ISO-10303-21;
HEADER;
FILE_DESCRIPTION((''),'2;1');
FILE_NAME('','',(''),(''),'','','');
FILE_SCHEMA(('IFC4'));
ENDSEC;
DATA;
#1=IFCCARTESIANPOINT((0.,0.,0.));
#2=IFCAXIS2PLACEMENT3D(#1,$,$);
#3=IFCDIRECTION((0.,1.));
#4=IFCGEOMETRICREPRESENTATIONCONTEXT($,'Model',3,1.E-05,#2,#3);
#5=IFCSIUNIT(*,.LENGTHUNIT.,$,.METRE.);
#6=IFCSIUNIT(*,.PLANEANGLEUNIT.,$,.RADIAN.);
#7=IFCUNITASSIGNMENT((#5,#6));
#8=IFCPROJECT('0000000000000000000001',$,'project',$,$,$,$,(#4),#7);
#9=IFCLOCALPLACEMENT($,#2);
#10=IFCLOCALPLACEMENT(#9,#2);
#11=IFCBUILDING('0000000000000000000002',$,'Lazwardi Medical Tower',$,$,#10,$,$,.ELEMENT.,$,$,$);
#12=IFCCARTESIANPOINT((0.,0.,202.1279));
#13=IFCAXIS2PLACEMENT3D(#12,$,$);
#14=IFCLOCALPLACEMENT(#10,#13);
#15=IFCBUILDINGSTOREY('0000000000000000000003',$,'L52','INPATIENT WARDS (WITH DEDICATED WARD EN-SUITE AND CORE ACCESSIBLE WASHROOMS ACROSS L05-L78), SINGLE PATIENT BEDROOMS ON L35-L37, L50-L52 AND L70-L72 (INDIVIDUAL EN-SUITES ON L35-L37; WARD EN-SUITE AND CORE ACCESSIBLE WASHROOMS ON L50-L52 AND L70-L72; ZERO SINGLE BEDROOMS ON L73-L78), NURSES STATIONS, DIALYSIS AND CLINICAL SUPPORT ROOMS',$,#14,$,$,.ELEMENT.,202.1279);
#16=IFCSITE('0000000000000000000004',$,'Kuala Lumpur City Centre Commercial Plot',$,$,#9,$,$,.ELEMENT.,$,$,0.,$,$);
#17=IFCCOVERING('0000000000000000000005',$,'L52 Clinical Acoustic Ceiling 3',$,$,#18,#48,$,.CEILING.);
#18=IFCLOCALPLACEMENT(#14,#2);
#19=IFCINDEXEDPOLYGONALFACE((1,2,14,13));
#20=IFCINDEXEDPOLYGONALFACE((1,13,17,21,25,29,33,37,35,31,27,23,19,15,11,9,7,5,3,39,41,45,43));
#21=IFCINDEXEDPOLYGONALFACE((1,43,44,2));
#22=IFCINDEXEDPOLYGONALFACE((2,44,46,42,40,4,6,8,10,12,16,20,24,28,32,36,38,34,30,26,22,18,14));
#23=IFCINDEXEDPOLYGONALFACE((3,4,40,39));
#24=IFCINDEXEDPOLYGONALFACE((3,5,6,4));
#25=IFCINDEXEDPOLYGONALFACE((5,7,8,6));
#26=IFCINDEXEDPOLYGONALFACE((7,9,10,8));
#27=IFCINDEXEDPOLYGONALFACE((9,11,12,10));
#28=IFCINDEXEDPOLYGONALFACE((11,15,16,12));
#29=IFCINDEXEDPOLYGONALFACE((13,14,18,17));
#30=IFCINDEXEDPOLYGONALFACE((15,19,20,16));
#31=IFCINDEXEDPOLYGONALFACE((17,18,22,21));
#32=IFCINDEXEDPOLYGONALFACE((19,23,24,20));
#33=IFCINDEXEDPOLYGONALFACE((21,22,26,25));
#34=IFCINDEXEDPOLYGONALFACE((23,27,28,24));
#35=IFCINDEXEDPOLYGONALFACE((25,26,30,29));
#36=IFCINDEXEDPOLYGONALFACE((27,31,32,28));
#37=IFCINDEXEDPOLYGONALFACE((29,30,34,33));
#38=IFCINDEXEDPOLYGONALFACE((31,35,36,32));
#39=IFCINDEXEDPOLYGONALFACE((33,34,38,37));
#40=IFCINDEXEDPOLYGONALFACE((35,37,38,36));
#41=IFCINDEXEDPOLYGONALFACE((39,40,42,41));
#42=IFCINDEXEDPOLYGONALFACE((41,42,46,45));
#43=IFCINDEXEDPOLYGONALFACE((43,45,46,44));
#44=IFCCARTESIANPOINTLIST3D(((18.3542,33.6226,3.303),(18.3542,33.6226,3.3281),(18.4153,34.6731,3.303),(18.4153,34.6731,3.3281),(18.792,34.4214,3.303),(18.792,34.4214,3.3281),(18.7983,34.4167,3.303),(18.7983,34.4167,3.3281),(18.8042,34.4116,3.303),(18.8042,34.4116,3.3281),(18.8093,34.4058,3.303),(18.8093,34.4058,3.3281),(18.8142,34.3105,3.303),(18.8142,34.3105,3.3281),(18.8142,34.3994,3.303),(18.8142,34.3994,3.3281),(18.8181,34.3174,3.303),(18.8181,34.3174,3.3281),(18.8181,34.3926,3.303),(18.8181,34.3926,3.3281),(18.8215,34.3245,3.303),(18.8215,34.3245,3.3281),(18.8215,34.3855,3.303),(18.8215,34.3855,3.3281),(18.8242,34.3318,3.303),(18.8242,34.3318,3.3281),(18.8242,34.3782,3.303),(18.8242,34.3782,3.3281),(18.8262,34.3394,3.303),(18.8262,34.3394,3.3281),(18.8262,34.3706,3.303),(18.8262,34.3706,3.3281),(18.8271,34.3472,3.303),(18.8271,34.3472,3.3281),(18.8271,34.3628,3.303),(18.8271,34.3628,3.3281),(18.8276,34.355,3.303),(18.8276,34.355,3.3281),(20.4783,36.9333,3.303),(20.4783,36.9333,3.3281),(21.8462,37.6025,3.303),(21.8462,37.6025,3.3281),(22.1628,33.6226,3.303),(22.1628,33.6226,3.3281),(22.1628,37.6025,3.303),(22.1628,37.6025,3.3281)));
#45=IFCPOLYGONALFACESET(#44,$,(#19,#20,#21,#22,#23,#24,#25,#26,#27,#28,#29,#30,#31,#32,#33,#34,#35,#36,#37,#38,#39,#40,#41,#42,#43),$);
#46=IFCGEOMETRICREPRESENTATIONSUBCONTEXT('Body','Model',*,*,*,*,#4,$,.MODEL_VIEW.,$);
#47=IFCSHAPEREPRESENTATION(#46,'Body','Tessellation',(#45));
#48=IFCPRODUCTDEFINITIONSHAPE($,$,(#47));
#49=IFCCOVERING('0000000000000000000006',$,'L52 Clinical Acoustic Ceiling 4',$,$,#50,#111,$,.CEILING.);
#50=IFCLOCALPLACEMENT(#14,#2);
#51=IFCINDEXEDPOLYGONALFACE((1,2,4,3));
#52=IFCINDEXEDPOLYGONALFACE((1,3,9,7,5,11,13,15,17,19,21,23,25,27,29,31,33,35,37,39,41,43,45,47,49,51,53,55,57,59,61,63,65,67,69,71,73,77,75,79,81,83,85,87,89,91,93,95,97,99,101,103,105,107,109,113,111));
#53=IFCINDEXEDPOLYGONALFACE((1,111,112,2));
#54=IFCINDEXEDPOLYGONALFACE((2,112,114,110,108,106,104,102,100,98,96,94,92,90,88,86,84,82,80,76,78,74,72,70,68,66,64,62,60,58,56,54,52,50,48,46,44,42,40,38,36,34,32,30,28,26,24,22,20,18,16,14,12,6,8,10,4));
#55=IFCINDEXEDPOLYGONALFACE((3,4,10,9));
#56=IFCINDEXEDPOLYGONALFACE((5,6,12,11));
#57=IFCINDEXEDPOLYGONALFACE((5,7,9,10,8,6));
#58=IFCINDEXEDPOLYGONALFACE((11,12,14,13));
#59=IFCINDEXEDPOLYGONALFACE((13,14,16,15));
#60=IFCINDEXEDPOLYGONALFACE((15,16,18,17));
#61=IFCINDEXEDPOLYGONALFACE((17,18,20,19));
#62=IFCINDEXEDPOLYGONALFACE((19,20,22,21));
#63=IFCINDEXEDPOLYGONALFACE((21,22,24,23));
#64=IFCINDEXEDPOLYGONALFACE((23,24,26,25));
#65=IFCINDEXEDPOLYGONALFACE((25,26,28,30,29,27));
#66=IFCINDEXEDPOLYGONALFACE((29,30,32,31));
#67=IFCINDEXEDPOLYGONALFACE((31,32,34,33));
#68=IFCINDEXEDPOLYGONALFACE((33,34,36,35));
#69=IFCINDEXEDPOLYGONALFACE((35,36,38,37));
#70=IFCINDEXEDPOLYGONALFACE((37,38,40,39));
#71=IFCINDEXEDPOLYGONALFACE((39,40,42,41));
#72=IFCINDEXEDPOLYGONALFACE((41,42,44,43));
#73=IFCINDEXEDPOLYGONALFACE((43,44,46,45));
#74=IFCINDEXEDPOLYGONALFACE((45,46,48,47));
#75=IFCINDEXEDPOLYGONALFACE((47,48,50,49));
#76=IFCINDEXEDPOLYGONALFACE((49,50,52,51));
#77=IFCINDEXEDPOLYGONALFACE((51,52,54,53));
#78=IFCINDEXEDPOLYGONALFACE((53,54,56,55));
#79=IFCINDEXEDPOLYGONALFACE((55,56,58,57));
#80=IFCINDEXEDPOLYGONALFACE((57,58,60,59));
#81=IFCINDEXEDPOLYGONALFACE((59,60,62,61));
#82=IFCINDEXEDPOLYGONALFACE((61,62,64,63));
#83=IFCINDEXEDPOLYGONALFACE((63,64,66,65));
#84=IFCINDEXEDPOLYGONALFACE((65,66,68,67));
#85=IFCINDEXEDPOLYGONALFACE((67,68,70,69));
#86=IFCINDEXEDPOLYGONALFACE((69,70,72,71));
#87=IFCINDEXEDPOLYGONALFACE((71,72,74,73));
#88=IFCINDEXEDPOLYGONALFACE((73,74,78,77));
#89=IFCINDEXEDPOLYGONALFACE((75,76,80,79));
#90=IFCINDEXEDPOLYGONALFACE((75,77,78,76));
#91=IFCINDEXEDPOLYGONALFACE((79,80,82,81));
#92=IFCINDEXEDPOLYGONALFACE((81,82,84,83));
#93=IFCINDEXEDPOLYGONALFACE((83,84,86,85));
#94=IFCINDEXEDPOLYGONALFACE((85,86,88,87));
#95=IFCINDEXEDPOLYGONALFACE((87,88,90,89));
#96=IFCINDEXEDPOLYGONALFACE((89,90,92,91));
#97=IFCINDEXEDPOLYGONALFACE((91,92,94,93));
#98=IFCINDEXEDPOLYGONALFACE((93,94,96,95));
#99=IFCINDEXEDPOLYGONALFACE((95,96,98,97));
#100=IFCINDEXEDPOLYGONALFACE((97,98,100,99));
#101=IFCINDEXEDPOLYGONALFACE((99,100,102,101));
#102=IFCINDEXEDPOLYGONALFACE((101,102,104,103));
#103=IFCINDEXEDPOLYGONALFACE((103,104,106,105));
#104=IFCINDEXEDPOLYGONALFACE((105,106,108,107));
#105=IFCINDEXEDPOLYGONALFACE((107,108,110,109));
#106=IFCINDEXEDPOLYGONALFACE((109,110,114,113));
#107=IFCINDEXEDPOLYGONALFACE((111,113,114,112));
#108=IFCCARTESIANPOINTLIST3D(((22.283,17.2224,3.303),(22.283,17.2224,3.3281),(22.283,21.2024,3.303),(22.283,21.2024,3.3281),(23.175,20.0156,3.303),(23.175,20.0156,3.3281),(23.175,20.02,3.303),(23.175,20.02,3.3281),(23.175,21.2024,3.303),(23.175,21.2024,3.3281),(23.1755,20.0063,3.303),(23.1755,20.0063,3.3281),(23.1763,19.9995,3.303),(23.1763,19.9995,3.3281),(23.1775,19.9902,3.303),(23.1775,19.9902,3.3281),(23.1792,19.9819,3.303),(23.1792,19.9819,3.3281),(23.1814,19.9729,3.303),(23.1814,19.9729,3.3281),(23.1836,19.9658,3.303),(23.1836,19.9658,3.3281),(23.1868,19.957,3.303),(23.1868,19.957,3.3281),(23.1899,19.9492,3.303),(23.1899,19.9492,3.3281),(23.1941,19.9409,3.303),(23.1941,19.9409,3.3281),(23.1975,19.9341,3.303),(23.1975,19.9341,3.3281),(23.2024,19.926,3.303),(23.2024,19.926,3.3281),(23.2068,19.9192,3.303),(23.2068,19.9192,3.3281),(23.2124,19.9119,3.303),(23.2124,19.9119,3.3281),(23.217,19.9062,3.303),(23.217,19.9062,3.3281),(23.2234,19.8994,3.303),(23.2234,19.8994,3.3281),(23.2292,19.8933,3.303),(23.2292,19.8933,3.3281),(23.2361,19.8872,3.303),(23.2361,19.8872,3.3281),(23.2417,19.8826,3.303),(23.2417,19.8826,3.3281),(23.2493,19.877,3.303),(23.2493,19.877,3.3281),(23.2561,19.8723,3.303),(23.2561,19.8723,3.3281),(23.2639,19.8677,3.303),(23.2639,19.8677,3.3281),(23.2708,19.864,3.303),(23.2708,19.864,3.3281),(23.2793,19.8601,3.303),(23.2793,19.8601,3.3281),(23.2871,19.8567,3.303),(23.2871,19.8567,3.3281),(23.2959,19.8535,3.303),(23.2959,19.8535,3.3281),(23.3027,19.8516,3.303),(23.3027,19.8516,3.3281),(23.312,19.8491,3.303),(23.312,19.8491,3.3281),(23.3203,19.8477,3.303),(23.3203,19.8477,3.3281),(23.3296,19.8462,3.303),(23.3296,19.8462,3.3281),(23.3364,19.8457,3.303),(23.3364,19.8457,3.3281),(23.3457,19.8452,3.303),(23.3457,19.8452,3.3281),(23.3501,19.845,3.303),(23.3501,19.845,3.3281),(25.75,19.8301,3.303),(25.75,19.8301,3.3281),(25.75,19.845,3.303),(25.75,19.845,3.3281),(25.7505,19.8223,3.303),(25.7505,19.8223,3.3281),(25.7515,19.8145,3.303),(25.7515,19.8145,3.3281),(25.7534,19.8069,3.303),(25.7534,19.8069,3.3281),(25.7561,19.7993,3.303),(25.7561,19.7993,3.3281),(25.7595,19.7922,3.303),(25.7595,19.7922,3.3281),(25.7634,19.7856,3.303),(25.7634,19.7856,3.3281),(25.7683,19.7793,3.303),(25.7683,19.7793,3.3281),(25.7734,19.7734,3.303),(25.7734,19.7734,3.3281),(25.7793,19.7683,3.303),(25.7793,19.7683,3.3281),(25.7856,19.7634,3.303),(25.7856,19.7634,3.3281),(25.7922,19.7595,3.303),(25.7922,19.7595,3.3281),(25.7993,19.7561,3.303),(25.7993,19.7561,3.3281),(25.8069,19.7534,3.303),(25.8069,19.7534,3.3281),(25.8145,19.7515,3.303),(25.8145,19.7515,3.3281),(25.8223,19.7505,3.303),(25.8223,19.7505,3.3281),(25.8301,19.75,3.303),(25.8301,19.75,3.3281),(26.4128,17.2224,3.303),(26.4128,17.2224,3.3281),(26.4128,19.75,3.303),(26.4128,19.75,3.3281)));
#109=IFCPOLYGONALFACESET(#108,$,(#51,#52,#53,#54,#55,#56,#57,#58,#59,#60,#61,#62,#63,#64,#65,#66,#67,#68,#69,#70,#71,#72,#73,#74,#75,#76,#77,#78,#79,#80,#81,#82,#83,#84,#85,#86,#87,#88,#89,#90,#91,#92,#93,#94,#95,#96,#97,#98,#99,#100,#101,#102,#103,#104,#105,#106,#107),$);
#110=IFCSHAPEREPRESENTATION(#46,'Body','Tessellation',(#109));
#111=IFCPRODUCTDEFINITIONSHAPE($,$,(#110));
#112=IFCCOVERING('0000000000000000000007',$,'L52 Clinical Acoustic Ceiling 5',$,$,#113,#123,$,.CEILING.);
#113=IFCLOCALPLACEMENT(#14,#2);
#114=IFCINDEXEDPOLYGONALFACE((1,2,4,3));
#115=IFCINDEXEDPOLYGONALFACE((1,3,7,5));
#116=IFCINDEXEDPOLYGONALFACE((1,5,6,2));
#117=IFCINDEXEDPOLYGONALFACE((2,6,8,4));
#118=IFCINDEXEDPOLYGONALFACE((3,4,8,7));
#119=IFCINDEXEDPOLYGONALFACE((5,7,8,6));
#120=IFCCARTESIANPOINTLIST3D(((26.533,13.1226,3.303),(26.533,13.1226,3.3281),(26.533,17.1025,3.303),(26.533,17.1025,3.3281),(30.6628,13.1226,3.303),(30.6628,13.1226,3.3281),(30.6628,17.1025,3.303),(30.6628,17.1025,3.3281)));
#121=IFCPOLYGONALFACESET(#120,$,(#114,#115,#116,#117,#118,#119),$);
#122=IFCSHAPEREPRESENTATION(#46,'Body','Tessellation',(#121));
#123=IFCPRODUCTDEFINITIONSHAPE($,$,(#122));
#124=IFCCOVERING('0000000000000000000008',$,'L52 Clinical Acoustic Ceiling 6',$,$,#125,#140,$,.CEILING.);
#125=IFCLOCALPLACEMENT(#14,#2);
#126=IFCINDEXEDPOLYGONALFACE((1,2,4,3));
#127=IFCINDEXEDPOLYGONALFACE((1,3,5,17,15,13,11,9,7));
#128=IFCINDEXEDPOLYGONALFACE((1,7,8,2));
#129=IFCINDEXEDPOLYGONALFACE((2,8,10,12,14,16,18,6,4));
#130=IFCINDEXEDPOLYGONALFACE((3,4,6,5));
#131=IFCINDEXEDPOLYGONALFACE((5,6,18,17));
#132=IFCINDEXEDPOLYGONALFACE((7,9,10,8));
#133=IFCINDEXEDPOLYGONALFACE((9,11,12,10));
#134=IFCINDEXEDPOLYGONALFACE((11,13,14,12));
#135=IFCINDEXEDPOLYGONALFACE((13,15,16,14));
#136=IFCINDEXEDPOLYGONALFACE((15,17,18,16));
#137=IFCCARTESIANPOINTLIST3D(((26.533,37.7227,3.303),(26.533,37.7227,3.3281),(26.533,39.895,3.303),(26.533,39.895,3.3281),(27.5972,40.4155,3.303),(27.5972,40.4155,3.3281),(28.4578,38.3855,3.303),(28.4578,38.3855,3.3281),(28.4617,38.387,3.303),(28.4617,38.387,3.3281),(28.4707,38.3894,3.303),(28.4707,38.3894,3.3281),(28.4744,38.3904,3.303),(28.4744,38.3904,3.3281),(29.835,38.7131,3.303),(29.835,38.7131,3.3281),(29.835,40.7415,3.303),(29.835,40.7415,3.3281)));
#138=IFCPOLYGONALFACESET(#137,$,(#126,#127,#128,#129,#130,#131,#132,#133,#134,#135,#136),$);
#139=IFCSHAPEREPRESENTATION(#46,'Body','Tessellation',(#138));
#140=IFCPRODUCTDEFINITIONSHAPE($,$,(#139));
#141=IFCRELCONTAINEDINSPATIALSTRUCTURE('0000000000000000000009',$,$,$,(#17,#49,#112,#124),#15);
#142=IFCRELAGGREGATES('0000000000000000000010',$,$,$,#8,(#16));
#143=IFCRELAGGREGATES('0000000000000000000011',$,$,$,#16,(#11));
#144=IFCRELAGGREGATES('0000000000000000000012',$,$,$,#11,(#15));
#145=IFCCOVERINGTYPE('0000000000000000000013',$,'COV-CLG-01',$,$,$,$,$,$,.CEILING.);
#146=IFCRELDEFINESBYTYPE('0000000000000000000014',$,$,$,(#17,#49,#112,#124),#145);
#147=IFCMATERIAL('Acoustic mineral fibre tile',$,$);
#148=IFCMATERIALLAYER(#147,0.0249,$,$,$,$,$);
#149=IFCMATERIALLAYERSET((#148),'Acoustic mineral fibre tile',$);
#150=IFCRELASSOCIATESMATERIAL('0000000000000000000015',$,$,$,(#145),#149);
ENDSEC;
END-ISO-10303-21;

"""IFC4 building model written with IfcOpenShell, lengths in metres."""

from ifc_helpers import new_model, si_unit, direction, frame, origin, place, context, subcontext, project, spatial, polyline, outline, extrude, material, layer, layer_set, type_object, element, save


model = new_model("IFC4")

# Units and contexts
model_context = context("Model", 3, precision=1e-05, world=origin(), true_north=direction((0.0, 1.0)))
body_context = subcontext(model_context, "Body", "Model", "MODEL_VIEW")
ifc_project = project(units=[si_unit("LENGTHUNIT", "METRE"), si_unit("PLANEANGLEUNIT", "RADIAN")], contexts=[model_context])

# Site, building, storey
site_placement = place(None, origin())
site = spatial("IfcSite", under=ifc_project, at=site_placement, Name="Kuala Lumpur City Centre Commercial Plot", CompositionType="ELEMENT", RefElevation=0.0)
building_placement = place(site_placement, origin())
building = spatial("IfcBuilding", under=site, at=building_placement, Name="Lazwardi Medical Tower", CompositionType="ELEMENT")
storey_placement = place(building_placement, frame((0.0, 0.0, 202.1279)))
storey = spatial("IfcBuildingStorey", under=building, at=storey_placement, Name="L52", Description="INPATIENT WARDS (WITH DEDICATED WARD EN-SUITE AND CORE ACCESSIBLE WASHROOMS ACROSS L05-L78), SINGLE PATIENT BEDROOMS ON L35-L37, L50-L52 AND L70-L72 (INDIVIDUAL EN-SUITES ON L35-L37; WARD EN-SUITE AND CORE ACCESSIBLE WASHROOMS ON L50-L52 AND L70-L72; ZERO SINGLE BEDROOMS ON L73-L78), NURSES STATIONS, DIALYSIS AND CLINICAL SUPPORT ROOMS", CompositionType="ELEMENT", Elevation=202.1279)

# Coverings
ifc_material_1 = material(Name="Acoustic mineral fibre tile")
ifc_layer_1 = layer(ifc_material_1, 0.0249)
ifc_layer_set_1 = layer_set([ifc_layer_1], Name="Acoustic mineral fibre tile")
covering_type_1 = type_object("IfcCoveringType", Name="COV-CLG-01", PredefinedType="CEILING", material=ifc_layer_set_1)
covering_1_placement = place(storey_placement, frame((0.0, 0.0, 3.303)))
element("IfcCovering", 1, at=covering_1_placement, inside=storey, type_object=covering_type_1, Name="L52 Clinical Acoustic Ceiling 3", PredefinedType="CEILING", context=body_context, shape_type="SweptSolid", body=[
    extrude(outline(polyline([(21.8462, 37.6025), (20.4783, 36.9333), (18.4153, 34.6731), (18.792, 34.4214), (18.7983, 34.4167), (18.8042, 34.4116), (18.8093, 34.4058), (18.8142, 34.3994), (18.8181, 34.3926), (18.8215, 34.3855), (18.8242, 34.3782), (18.8262, 34.3706), (18.8271, 34.3628), (18.8276, 34.355), (18.8271, 34.3472), (18.8262, 34.3394), (18.8242, 34.3318), (18.8215, 34.3245), (18.8181, 34.3174), (18.8142, 34.3105), (18.3542, 33.6226), (22.1628, 33.6226), (22.1628, 37.6025), (21.8462, 37.6025)])), origin(), (0.0, 0.0, 1.0), 0.0251),
])
covering_2_placement = place(storey_placement, frame((0.0, 0.0, 3.303)))
element("IfcCovering", 2, at=covering_2_placement, inside=storey, type_object=covering_type_1, Name="L52 Clinical Acoustic Ceiling 4", PredefinedType="CEILING", context=body_context, shape_type="SweptSolid", body=[
    extrude(outline(polyline([(26.4128, 19.75), (25.8301, 19.75), (25.8223, 19.7505), (25.8145, 19.7515), (25.8069, 19.7534), (25.7993, 19.7561), (25.7922, 19.7595), (25.7856, 19.7634), (25.7793, 19.7683), (25.7734, 19.7734), (25.7683, 19.7793), (25.7634, 19.7856), (25.7595, 19.7922), (25.7561, 19.7993), (25.7534, 19.8069), (25.7515, 19.8145), (25.7505, 19.8223), (25.75, 19.8301), (25.75, 19.845), (23.3501, 19.845), (23.3457, 19.8452), (23.3364, 19.8457), (23.3296, 19.8462), (23.3203, 19.8477), (23.312, 19.8491), (23.3027, 19.8516), (23.2959, 19.8535), (23.2871, 19.8567), (23.2793, 19.8601), (23.2708, 19.864), (23.2639, 19.8677), (23.2561, 19.8723), (23.2493, 19.877), (23.2417, 19.8826), (23.2361, 19.8872), (23.2292, 19.8933), (23.2234, 19.8994), (23.217, 19.9062), (23.2124, 19.9119), (23.2068, 19.9192), (23.2024, 19.926), (23.1975, 19.9341), (23.1941, 19.9409), (23.1899, 19.9492), (23.1868, 19.957), (23.1836, 19.9658), (23.1814, 19.9729), (23.1792, 19.9819), (23.1775, 19.9902), (23.1763, 19.9995), (23.1755, 20.0063), (23.175, 20.0156), (23.175, 20.02), (23.175, 21.2024), (22.283, 21.2024), (22.283, 17.2224), (26.4128, 17.2224), (26.4128, 19.75)])), origin(), (0.0, 0.0, 1.0), 0.0251),
])
covering_3_placement = place(storey_placement, frame((0.0, 0.0, 3.303)))
element("IfcCovering", 3, at=covering_3_placement, inside=storey, type_object=covering_type_1, Name="L52 Clinical Acoustic Ceiling 5", PredefinedType="CEILING", context=body_context, shape_type="SweptSolid", body=[
    extrude(outline(polyline([(30.6628, 13.1226), (30.6628, 17.1025), (26.533, 17.1025), (26.533, 13.1226), (30.6628, 13.1226)])), origin(), (0.0, 0.0, 1.0), 0.0251),
])
covering_4_placement = place(storey_placement, frame((0.0, 0.0, 3.303)))
element("IfcCovering", 4, at=covering_4_placement, inside=storey, type_object=covering_type_1, Name="L52 Clinical Acoustic Ceiling 6", PredefinedType="CEILING", context=body_context, shape_type="SweptSolid", body=[
    extrude(outline(polyline([(26.533, 37.7227), (28.4578, 38.3855), (28.4617, 38.387), (28.4707, 38.3894), (28.4744, 38.3904), (29.835, 38.7131), (29.835, 40.7415), (27.5972, 40.4155), (26.533, 39.895), (26.533, 37.7227)])), origin(), (0.0, 0.0, 1.0), 0.0251),
])

save(model, "model.ifc")
